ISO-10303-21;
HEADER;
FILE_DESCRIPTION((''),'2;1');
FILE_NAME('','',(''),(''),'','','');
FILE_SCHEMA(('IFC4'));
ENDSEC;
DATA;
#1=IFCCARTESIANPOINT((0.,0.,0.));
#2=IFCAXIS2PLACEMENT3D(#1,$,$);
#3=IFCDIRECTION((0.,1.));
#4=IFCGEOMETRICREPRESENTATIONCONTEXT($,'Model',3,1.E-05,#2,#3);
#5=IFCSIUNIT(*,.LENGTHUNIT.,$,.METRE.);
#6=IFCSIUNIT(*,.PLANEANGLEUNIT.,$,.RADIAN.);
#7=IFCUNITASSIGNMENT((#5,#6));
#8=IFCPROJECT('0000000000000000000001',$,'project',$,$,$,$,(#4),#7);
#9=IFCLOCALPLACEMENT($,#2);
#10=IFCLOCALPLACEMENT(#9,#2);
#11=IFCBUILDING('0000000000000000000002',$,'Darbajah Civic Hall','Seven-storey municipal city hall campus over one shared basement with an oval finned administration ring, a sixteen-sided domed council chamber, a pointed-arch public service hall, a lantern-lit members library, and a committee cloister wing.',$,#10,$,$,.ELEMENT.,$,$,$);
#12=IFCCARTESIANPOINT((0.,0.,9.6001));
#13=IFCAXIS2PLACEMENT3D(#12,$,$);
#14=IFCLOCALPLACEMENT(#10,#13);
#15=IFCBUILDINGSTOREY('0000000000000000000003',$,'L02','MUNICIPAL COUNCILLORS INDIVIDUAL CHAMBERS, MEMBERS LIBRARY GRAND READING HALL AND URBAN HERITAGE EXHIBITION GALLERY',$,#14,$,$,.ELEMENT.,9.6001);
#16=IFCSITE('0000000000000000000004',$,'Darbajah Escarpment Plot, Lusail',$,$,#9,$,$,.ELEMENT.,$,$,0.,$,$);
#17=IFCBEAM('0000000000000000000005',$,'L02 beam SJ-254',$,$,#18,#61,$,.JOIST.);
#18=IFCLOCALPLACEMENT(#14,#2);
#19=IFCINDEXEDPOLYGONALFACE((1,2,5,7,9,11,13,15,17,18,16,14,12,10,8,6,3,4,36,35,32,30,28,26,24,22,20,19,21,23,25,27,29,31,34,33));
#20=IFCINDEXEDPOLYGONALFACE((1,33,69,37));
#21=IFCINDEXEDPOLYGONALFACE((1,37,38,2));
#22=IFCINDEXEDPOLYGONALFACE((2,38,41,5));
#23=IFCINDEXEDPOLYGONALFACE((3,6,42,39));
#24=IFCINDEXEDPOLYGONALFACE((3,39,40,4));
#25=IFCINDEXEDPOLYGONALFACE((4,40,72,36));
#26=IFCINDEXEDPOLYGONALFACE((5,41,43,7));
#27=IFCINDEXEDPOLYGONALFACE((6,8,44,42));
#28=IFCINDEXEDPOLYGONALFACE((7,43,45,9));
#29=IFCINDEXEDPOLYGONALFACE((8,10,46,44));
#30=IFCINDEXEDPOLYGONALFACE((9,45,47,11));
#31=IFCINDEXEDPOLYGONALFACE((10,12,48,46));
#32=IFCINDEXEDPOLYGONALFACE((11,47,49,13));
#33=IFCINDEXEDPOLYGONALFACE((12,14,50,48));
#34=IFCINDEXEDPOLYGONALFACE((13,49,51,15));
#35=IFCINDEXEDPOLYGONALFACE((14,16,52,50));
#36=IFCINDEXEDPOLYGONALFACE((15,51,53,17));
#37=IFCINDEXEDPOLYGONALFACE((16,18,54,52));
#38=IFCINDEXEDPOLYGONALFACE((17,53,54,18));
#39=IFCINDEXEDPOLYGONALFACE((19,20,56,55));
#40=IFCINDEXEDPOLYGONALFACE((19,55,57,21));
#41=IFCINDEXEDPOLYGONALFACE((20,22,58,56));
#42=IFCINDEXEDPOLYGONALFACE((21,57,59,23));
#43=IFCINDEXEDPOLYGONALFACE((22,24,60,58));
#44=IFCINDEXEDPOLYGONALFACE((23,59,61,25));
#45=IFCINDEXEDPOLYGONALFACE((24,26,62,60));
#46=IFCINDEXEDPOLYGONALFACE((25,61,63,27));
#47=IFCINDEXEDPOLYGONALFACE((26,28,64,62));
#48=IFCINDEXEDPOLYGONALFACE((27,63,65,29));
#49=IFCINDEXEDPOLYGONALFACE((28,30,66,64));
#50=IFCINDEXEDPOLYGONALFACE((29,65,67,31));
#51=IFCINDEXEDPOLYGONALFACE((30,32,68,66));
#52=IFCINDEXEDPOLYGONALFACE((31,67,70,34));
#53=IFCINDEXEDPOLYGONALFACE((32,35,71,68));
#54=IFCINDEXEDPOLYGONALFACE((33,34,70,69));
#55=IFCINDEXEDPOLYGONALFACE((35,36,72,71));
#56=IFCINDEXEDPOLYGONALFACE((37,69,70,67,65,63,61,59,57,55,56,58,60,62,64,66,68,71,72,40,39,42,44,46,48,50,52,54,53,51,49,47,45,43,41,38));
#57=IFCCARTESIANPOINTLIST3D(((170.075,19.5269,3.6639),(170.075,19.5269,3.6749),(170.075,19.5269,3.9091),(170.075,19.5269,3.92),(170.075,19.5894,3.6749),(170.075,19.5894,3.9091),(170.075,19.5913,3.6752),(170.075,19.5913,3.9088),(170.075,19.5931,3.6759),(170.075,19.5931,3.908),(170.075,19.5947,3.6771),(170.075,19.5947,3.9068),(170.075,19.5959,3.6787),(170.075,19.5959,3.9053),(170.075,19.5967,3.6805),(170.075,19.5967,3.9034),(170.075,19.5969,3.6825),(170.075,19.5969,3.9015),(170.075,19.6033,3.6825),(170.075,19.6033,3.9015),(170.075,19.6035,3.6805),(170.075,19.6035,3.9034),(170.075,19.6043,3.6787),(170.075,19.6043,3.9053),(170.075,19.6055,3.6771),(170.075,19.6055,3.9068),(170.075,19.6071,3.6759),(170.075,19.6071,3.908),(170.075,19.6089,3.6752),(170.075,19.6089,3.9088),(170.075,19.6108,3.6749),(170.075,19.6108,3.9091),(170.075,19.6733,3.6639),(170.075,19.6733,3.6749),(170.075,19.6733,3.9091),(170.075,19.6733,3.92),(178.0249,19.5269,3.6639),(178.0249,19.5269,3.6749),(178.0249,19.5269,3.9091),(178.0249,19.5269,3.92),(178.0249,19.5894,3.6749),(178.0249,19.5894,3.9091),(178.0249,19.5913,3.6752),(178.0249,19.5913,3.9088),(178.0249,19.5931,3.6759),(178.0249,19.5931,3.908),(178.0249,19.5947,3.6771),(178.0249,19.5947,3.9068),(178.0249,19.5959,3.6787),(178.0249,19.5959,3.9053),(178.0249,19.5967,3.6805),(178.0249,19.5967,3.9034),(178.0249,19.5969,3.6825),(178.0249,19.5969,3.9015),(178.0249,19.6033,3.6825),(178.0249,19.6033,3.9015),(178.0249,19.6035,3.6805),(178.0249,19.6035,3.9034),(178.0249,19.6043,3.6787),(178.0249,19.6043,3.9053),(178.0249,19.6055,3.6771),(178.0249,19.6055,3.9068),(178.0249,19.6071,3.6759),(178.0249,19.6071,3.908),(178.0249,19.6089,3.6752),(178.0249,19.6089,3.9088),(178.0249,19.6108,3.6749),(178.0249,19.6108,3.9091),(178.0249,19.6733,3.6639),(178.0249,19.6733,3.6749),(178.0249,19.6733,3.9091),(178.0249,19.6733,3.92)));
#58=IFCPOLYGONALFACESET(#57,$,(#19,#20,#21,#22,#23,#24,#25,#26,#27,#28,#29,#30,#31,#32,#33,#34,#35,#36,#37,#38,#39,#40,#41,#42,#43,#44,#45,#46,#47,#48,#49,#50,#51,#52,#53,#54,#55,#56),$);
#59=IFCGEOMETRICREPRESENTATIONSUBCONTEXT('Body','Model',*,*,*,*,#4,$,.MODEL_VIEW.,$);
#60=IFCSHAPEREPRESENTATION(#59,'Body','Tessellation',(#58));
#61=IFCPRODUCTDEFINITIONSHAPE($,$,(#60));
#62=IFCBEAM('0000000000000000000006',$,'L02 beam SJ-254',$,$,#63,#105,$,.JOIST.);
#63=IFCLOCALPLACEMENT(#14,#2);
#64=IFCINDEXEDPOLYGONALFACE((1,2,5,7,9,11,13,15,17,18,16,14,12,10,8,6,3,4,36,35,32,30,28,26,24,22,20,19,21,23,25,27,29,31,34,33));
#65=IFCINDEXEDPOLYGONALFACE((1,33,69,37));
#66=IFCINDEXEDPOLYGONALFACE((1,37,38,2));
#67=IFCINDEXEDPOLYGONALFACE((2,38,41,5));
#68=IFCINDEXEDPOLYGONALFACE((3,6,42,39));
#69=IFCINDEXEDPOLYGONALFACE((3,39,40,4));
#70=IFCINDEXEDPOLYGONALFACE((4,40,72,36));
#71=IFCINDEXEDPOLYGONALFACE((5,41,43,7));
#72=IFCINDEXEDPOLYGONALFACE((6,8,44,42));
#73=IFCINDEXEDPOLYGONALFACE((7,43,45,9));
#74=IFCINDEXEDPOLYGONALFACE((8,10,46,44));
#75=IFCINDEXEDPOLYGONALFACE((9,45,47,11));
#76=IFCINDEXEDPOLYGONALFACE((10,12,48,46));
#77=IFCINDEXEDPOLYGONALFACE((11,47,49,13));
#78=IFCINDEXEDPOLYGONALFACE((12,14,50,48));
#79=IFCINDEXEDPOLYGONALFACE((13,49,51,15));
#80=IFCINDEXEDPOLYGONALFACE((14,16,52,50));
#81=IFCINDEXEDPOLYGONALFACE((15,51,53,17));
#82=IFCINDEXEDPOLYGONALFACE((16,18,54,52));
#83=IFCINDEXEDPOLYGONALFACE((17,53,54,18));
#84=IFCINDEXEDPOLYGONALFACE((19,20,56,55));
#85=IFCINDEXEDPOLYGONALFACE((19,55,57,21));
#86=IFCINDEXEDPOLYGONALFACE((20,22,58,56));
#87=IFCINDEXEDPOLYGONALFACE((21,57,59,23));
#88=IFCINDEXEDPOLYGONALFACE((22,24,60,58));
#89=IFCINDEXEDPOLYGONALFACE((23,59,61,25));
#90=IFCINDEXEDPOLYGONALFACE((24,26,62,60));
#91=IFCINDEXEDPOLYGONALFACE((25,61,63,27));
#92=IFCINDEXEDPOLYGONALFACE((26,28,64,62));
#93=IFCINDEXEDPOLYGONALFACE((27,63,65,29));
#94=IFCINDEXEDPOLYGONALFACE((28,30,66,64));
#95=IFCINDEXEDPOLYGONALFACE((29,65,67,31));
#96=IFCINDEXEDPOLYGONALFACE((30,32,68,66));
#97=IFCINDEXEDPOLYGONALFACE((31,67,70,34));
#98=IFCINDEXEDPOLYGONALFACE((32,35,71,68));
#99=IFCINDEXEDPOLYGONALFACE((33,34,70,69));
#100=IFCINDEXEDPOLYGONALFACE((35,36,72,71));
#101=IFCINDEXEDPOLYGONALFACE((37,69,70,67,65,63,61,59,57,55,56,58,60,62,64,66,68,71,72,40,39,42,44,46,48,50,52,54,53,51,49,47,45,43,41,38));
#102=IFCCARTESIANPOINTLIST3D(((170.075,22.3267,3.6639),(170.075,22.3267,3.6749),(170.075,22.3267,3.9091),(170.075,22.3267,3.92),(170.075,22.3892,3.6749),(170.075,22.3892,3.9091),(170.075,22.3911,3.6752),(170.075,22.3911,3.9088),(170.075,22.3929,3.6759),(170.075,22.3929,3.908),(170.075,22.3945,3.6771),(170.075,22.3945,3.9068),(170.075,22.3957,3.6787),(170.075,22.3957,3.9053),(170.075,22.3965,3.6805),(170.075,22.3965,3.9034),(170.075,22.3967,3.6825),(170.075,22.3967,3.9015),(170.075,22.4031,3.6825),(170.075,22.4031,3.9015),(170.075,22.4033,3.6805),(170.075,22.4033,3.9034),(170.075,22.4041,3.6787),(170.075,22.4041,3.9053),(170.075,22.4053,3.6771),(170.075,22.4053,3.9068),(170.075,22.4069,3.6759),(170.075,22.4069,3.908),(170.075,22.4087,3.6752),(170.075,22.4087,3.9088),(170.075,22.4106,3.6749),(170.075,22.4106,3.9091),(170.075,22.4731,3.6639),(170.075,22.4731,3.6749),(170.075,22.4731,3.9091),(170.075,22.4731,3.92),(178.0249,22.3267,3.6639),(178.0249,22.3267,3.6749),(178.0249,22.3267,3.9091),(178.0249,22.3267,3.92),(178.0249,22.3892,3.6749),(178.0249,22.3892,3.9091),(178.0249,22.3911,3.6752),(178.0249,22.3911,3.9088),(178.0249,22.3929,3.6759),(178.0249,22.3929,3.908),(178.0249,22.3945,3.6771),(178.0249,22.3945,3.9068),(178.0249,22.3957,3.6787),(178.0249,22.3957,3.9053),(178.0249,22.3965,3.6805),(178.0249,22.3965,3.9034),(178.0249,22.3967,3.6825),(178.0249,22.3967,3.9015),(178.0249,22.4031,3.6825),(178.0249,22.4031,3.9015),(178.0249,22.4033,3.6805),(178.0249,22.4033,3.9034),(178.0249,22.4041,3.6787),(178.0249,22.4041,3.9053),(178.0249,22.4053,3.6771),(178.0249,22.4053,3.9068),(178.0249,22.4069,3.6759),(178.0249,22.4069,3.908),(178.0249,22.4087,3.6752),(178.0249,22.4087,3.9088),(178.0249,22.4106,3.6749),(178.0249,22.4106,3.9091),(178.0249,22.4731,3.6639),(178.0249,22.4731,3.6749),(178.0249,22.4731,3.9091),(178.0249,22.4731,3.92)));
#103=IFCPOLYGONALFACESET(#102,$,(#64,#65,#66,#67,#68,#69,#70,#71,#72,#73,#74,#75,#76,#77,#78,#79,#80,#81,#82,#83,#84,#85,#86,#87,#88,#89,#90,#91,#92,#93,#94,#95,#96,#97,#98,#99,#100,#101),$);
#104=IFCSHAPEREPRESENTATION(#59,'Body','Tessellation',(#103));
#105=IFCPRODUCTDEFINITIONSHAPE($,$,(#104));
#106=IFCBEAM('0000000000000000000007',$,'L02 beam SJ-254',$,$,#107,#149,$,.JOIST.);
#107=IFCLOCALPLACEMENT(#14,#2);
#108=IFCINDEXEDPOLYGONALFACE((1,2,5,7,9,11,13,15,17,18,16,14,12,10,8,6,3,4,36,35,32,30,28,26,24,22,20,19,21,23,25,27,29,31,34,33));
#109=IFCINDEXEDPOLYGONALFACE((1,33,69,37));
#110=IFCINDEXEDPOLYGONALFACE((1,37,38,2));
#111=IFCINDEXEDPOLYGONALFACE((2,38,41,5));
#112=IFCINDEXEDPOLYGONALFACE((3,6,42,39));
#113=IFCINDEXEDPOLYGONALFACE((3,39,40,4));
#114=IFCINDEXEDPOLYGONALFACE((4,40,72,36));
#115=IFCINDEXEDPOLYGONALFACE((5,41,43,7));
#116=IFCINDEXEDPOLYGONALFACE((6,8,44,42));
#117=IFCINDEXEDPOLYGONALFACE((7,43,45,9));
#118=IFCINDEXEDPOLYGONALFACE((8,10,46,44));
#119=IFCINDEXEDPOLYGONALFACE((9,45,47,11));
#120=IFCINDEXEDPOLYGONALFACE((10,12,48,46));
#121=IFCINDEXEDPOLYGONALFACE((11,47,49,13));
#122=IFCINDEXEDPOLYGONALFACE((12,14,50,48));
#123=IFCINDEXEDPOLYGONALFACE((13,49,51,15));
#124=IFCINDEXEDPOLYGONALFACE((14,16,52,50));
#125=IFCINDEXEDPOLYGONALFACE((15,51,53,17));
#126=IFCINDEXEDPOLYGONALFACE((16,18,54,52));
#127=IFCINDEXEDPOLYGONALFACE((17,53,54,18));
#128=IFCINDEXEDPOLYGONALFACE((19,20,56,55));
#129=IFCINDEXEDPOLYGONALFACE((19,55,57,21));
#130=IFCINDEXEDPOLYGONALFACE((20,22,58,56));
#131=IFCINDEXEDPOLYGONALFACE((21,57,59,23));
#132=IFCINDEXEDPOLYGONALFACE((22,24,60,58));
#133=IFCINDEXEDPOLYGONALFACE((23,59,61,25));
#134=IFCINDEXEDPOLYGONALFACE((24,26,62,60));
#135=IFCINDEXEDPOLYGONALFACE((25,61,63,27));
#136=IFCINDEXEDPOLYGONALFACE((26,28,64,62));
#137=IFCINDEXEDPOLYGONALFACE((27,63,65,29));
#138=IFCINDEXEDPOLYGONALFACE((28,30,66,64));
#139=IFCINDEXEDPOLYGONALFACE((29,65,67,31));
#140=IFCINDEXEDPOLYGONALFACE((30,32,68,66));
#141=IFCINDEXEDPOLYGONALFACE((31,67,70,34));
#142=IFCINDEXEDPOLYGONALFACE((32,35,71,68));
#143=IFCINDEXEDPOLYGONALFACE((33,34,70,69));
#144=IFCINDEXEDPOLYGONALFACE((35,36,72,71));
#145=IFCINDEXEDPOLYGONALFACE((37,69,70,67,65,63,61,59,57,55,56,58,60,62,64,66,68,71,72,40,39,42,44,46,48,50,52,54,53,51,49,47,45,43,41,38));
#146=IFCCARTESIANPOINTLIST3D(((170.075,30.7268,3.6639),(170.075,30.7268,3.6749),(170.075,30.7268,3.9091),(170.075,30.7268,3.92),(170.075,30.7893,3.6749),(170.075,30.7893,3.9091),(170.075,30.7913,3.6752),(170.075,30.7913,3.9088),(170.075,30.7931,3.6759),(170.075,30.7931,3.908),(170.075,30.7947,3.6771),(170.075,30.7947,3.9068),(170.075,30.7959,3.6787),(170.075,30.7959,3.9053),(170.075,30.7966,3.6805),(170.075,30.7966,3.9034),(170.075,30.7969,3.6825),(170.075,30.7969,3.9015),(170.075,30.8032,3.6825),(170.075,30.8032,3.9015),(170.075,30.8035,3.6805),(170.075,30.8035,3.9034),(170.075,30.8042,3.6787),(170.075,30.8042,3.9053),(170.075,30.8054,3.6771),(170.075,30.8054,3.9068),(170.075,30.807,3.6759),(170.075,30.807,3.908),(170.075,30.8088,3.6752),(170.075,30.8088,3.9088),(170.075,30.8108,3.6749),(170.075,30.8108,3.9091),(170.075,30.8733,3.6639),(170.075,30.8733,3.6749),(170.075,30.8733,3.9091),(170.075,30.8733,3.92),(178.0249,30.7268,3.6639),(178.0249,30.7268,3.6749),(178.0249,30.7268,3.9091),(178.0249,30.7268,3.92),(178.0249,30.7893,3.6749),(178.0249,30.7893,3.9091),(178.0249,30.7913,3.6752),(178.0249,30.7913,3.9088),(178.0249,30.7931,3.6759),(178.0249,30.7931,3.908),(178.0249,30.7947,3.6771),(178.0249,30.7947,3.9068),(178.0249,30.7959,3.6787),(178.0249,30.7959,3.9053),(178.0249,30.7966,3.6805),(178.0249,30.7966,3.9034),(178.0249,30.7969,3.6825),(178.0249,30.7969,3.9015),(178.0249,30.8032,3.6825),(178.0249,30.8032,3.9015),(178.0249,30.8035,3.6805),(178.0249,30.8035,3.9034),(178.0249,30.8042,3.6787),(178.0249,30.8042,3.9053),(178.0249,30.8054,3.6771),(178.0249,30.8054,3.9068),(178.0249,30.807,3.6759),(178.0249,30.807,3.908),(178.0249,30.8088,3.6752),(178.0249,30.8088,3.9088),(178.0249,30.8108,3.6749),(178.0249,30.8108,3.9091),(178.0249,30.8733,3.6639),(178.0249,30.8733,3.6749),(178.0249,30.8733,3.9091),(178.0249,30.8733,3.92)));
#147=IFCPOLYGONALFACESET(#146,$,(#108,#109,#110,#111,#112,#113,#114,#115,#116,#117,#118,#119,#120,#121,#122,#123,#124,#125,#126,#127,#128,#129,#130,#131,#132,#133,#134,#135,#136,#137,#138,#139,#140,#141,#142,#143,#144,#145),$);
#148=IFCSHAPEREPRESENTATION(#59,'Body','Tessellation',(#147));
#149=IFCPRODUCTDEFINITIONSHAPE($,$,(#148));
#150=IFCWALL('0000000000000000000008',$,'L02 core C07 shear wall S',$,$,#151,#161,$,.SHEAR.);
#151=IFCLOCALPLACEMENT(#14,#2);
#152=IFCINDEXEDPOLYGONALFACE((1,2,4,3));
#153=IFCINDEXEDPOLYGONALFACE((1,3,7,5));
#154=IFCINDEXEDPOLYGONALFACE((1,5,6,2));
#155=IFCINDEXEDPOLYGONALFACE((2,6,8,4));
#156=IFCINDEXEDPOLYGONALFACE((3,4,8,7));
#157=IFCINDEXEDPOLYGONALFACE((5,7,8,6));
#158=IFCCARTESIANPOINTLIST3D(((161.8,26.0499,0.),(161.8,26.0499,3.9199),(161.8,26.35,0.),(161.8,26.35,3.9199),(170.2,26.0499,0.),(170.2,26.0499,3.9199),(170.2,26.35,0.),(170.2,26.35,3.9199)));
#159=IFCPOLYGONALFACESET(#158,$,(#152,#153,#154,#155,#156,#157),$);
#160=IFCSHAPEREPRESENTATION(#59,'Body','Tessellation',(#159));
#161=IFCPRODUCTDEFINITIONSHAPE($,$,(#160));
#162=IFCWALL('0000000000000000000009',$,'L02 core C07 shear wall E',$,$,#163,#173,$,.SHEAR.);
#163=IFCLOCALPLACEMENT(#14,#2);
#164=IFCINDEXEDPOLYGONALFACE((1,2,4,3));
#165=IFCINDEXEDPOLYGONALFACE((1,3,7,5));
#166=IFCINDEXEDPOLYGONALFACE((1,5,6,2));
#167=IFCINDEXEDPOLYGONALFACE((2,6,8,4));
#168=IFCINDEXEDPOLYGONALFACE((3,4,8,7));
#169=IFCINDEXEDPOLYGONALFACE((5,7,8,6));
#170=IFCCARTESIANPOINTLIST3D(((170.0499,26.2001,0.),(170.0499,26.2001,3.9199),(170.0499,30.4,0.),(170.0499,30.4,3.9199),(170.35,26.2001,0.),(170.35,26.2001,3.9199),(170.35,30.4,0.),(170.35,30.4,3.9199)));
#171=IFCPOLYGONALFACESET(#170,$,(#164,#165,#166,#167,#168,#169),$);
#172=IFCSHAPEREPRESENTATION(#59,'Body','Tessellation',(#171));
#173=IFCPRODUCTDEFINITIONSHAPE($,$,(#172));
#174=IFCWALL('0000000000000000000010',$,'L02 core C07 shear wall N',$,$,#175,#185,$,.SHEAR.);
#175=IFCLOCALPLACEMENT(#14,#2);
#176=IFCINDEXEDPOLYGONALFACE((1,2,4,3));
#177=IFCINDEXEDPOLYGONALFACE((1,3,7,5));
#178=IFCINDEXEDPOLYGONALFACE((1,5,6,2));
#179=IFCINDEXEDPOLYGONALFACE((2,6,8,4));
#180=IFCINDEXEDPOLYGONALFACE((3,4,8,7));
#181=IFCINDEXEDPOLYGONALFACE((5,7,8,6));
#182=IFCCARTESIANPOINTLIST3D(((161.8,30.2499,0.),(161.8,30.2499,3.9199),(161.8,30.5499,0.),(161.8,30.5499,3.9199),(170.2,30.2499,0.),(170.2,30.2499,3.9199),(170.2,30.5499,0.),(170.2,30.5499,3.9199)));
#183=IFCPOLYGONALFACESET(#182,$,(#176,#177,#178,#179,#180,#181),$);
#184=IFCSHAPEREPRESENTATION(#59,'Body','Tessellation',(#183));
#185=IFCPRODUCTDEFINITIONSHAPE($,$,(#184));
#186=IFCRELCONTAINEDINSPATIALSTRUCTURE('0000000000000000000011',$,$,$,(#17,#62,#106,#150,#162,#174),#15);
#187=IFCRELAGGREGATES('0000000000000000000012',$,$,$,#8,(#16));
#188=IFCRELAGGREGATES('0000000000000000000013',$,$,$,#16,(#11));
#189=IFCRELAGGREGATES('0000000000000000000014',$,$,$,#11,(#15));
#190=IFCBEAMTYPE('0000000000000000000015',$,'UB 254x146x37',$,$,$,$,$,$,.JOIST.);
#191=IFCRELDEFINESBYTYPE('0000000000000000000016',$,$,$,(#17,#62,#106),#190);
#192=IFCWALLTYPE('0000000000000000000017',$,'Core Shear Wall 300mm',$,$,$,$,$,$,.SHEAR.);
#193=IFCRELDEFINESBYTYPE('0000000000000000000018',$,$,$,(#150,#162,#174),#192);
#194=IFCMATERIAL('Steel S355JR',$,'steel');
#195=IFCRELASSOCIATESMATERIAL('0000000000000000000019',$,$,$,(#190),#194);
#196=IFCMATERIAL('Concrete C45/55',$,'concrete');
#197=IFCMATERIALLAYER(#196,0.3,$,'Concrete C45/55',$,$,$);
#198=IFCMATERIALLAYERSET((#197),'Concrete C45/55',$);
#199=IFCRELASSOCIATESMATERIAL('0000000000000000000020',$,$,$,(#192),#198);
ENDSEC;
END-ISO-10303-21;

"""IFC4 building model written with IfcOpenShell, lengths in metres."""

from ifc_helpers import new_model, si_unit, direction, frame, frame_2d, origin, origin_2d, place, context, subcontext, project, spatial, rectangle, i_section, extrude, material, layer, layer_set, material_profile, profile_set, type_object, element, save


model = new_model("IFC4")

# Units and contexts
model_context = context("Model", 3, precision=1e-05, world=origin(), true_north=direction((0.0, 1.0)))
body_context = subcontext(model_context, "Body", "Model", "MODEL_VIEW")
ifc_project = project(units=[si_unit("LENGTHUNIT", "METRE"), si_unit("PLANEANGLEUNIT", "RADIAN")], contexts=[model_context])

# Site, building, storey
site_placement = place(None, origin())
site = spatial("IfcSite", under=ifc_project, at=site_placement, Name="Darbajah Escarpment Plot, Lusail", CompositionType="ELEMENT", RefElevation=0.0)
building_placement = place(site_placement, origin())
building = spatial("IfcBuilding", under=site, at=building_placement, Name="Darbajah Civic Hall", Description="Seven-storey municipal city hall campus over one shared basement with an oval finned administration ring, a sixteen-sided domed council chamber, a pointed-arch public service hall, a lantern-lit members library, and a committee cloister wing.", CompositionType="ELEMENT")
storey_placement = place(building_placement, frame((0.0, 0.0, 9.6001)))
storey = spatial("IfcBuildingStorey", under=building, at=storey_placement, Name="L02", Description="MUNICIPAL COUNCILLORS INDIVIDUAL CHAMBERS, MEMBERS LIBRARY GRAND READING HALL AND URBAN HERITAGE EXHIBITION GALLERY", CompositionType="ELEMENT", Elevation=9.6001)

# Shared definitions
ifc_material_1 = material(Name="Steel S355JR", Category="steel")

# Beams
ifc_material_2 = material(Name="Concrete C45/55", Category="concrete")
ifc_material_profile_1 = material_profile(ifc_material_1, i_section(OverallWidth=0.1465, OverallDepth=0.2561, WebThickness=0.0063, FlangeThickness=0.011, FilletRadius=0.0076, at=origin_2d()), Name="UB 254x146x37")
ifc_profile_set_1 = profile_set([ifc_material_profile_1], Name="Steel S355JR")
beam_type_1 = type_object("IfcBeamType", Name="UB 254x146x37", PredefinedType="JOIST", material=ifc_profile_set_1)
for number, where, z_axis, x_axis, name in (
    (1, (170.075, 19.6001, 3.792), (1.0, 0.0, 0.0), (0.0, 1.0, 0.0), "L02 beam SJ-254"),
    (2, (170.075, 22.3999, 3.792), (1.0, 0.0, 0.0), (0.0, 1.0, 0.0), "L02 beam SJ-254"),
    (3, (170.075, 30.8, 3.792), (1.0, 0.0, 0.0), (0.0, 1.0, 0.0), "L02 beam SJ-254"),
):
    element("IfcBeam", number, at=place(storey_placement, frame(where, z_axis=z_axis, x_axis=x_axis)), inside=storey, type_object=beam_type_1, Name=name, PredefinedType="JOIST", context=body_context, shape_type="SweptSolid", body=[
        extrude(i_section(OverallWidth=0.1465, OverallDepth=0.2561, WebThickness=0.0063, FlangeThickness=0.011, FilletRadius=0.0076, at=origin_2d()), origin(), (0.0, 0.0, 1.0), 7.95),
    ])

# Walls
ifc_layer = layer(ifc_material_2, 0.3, Name="Concrete C45/55")
ifc_layer_set = layer_set([ifc_layer], Name="Concrete C45/55")
wall_type = type_object("IfcWallType", Name="Core Shear Wall 300mm", PredefinedType="SHEAR", material=ifc_layer_set)
wall_1_placement = place(storey_placement, frame((161.8, 26.2, 0.0), z_axis=(0.0, 0.0, 1.0), x_axis=(1.0, 0.0, 0.0)))
element("IfcWall", 4, at=wall_1_placement, inside=storey, type_object=wall_type, Name="L02 core C07 shear wall S", PredefinedType="SHEAR", context=body_context, shape_type="SweptSolid", body=[
    extrude(rectangle(XDim=8.3999, YDim=0.3, at=frame_2d((4.2, 0.0))), origin(), (0.0, 0.0, 1.0), 3.9199),
])
wall_2_placement = place(storey_placement, frame((170.2, 26.2, 0.0), z_axis=(0.0, 0.0, 1.0), x_axis=(0.0, 1.0, 0.0)))
element("IfcWall", 5, at=wall_2_placement, inside=storey, type_object=wall_type, Name="L02 core C07 shear wall E", PredefinedType="SHEAR", context=body_context, shape_type="SweptSolid", body=[
    extrude(rectangle(XDim=4.2, YDim=0.3, at=frame_2d((2.1001, 0.0))), origin(), (0.0, 0.0, 1.0), 3.9199),
])
wall_3_placement = place(storey_placement, frame((170.2, 30.3999, 0.0), z_axis=(0.0, 0.0, 1.0), x_axis=(-1.0, 0.0, 0.0)))
element("IfcWall", 6, at=wall_3_placement, inside=storey, type_object=wall_type, Name="L02 core C07 shear wall N", PredefinedType="SHEAR", context=body_context, shape_type="SweptSolid", body=[
    extrude(rectangle(XDim=8.3999, YDim=0.3, at=frame_2d((4.2, 0.0))), origin(), (0.0, 0.0, 1.0), 3.9199),
])

save(model, "model.ifc")
